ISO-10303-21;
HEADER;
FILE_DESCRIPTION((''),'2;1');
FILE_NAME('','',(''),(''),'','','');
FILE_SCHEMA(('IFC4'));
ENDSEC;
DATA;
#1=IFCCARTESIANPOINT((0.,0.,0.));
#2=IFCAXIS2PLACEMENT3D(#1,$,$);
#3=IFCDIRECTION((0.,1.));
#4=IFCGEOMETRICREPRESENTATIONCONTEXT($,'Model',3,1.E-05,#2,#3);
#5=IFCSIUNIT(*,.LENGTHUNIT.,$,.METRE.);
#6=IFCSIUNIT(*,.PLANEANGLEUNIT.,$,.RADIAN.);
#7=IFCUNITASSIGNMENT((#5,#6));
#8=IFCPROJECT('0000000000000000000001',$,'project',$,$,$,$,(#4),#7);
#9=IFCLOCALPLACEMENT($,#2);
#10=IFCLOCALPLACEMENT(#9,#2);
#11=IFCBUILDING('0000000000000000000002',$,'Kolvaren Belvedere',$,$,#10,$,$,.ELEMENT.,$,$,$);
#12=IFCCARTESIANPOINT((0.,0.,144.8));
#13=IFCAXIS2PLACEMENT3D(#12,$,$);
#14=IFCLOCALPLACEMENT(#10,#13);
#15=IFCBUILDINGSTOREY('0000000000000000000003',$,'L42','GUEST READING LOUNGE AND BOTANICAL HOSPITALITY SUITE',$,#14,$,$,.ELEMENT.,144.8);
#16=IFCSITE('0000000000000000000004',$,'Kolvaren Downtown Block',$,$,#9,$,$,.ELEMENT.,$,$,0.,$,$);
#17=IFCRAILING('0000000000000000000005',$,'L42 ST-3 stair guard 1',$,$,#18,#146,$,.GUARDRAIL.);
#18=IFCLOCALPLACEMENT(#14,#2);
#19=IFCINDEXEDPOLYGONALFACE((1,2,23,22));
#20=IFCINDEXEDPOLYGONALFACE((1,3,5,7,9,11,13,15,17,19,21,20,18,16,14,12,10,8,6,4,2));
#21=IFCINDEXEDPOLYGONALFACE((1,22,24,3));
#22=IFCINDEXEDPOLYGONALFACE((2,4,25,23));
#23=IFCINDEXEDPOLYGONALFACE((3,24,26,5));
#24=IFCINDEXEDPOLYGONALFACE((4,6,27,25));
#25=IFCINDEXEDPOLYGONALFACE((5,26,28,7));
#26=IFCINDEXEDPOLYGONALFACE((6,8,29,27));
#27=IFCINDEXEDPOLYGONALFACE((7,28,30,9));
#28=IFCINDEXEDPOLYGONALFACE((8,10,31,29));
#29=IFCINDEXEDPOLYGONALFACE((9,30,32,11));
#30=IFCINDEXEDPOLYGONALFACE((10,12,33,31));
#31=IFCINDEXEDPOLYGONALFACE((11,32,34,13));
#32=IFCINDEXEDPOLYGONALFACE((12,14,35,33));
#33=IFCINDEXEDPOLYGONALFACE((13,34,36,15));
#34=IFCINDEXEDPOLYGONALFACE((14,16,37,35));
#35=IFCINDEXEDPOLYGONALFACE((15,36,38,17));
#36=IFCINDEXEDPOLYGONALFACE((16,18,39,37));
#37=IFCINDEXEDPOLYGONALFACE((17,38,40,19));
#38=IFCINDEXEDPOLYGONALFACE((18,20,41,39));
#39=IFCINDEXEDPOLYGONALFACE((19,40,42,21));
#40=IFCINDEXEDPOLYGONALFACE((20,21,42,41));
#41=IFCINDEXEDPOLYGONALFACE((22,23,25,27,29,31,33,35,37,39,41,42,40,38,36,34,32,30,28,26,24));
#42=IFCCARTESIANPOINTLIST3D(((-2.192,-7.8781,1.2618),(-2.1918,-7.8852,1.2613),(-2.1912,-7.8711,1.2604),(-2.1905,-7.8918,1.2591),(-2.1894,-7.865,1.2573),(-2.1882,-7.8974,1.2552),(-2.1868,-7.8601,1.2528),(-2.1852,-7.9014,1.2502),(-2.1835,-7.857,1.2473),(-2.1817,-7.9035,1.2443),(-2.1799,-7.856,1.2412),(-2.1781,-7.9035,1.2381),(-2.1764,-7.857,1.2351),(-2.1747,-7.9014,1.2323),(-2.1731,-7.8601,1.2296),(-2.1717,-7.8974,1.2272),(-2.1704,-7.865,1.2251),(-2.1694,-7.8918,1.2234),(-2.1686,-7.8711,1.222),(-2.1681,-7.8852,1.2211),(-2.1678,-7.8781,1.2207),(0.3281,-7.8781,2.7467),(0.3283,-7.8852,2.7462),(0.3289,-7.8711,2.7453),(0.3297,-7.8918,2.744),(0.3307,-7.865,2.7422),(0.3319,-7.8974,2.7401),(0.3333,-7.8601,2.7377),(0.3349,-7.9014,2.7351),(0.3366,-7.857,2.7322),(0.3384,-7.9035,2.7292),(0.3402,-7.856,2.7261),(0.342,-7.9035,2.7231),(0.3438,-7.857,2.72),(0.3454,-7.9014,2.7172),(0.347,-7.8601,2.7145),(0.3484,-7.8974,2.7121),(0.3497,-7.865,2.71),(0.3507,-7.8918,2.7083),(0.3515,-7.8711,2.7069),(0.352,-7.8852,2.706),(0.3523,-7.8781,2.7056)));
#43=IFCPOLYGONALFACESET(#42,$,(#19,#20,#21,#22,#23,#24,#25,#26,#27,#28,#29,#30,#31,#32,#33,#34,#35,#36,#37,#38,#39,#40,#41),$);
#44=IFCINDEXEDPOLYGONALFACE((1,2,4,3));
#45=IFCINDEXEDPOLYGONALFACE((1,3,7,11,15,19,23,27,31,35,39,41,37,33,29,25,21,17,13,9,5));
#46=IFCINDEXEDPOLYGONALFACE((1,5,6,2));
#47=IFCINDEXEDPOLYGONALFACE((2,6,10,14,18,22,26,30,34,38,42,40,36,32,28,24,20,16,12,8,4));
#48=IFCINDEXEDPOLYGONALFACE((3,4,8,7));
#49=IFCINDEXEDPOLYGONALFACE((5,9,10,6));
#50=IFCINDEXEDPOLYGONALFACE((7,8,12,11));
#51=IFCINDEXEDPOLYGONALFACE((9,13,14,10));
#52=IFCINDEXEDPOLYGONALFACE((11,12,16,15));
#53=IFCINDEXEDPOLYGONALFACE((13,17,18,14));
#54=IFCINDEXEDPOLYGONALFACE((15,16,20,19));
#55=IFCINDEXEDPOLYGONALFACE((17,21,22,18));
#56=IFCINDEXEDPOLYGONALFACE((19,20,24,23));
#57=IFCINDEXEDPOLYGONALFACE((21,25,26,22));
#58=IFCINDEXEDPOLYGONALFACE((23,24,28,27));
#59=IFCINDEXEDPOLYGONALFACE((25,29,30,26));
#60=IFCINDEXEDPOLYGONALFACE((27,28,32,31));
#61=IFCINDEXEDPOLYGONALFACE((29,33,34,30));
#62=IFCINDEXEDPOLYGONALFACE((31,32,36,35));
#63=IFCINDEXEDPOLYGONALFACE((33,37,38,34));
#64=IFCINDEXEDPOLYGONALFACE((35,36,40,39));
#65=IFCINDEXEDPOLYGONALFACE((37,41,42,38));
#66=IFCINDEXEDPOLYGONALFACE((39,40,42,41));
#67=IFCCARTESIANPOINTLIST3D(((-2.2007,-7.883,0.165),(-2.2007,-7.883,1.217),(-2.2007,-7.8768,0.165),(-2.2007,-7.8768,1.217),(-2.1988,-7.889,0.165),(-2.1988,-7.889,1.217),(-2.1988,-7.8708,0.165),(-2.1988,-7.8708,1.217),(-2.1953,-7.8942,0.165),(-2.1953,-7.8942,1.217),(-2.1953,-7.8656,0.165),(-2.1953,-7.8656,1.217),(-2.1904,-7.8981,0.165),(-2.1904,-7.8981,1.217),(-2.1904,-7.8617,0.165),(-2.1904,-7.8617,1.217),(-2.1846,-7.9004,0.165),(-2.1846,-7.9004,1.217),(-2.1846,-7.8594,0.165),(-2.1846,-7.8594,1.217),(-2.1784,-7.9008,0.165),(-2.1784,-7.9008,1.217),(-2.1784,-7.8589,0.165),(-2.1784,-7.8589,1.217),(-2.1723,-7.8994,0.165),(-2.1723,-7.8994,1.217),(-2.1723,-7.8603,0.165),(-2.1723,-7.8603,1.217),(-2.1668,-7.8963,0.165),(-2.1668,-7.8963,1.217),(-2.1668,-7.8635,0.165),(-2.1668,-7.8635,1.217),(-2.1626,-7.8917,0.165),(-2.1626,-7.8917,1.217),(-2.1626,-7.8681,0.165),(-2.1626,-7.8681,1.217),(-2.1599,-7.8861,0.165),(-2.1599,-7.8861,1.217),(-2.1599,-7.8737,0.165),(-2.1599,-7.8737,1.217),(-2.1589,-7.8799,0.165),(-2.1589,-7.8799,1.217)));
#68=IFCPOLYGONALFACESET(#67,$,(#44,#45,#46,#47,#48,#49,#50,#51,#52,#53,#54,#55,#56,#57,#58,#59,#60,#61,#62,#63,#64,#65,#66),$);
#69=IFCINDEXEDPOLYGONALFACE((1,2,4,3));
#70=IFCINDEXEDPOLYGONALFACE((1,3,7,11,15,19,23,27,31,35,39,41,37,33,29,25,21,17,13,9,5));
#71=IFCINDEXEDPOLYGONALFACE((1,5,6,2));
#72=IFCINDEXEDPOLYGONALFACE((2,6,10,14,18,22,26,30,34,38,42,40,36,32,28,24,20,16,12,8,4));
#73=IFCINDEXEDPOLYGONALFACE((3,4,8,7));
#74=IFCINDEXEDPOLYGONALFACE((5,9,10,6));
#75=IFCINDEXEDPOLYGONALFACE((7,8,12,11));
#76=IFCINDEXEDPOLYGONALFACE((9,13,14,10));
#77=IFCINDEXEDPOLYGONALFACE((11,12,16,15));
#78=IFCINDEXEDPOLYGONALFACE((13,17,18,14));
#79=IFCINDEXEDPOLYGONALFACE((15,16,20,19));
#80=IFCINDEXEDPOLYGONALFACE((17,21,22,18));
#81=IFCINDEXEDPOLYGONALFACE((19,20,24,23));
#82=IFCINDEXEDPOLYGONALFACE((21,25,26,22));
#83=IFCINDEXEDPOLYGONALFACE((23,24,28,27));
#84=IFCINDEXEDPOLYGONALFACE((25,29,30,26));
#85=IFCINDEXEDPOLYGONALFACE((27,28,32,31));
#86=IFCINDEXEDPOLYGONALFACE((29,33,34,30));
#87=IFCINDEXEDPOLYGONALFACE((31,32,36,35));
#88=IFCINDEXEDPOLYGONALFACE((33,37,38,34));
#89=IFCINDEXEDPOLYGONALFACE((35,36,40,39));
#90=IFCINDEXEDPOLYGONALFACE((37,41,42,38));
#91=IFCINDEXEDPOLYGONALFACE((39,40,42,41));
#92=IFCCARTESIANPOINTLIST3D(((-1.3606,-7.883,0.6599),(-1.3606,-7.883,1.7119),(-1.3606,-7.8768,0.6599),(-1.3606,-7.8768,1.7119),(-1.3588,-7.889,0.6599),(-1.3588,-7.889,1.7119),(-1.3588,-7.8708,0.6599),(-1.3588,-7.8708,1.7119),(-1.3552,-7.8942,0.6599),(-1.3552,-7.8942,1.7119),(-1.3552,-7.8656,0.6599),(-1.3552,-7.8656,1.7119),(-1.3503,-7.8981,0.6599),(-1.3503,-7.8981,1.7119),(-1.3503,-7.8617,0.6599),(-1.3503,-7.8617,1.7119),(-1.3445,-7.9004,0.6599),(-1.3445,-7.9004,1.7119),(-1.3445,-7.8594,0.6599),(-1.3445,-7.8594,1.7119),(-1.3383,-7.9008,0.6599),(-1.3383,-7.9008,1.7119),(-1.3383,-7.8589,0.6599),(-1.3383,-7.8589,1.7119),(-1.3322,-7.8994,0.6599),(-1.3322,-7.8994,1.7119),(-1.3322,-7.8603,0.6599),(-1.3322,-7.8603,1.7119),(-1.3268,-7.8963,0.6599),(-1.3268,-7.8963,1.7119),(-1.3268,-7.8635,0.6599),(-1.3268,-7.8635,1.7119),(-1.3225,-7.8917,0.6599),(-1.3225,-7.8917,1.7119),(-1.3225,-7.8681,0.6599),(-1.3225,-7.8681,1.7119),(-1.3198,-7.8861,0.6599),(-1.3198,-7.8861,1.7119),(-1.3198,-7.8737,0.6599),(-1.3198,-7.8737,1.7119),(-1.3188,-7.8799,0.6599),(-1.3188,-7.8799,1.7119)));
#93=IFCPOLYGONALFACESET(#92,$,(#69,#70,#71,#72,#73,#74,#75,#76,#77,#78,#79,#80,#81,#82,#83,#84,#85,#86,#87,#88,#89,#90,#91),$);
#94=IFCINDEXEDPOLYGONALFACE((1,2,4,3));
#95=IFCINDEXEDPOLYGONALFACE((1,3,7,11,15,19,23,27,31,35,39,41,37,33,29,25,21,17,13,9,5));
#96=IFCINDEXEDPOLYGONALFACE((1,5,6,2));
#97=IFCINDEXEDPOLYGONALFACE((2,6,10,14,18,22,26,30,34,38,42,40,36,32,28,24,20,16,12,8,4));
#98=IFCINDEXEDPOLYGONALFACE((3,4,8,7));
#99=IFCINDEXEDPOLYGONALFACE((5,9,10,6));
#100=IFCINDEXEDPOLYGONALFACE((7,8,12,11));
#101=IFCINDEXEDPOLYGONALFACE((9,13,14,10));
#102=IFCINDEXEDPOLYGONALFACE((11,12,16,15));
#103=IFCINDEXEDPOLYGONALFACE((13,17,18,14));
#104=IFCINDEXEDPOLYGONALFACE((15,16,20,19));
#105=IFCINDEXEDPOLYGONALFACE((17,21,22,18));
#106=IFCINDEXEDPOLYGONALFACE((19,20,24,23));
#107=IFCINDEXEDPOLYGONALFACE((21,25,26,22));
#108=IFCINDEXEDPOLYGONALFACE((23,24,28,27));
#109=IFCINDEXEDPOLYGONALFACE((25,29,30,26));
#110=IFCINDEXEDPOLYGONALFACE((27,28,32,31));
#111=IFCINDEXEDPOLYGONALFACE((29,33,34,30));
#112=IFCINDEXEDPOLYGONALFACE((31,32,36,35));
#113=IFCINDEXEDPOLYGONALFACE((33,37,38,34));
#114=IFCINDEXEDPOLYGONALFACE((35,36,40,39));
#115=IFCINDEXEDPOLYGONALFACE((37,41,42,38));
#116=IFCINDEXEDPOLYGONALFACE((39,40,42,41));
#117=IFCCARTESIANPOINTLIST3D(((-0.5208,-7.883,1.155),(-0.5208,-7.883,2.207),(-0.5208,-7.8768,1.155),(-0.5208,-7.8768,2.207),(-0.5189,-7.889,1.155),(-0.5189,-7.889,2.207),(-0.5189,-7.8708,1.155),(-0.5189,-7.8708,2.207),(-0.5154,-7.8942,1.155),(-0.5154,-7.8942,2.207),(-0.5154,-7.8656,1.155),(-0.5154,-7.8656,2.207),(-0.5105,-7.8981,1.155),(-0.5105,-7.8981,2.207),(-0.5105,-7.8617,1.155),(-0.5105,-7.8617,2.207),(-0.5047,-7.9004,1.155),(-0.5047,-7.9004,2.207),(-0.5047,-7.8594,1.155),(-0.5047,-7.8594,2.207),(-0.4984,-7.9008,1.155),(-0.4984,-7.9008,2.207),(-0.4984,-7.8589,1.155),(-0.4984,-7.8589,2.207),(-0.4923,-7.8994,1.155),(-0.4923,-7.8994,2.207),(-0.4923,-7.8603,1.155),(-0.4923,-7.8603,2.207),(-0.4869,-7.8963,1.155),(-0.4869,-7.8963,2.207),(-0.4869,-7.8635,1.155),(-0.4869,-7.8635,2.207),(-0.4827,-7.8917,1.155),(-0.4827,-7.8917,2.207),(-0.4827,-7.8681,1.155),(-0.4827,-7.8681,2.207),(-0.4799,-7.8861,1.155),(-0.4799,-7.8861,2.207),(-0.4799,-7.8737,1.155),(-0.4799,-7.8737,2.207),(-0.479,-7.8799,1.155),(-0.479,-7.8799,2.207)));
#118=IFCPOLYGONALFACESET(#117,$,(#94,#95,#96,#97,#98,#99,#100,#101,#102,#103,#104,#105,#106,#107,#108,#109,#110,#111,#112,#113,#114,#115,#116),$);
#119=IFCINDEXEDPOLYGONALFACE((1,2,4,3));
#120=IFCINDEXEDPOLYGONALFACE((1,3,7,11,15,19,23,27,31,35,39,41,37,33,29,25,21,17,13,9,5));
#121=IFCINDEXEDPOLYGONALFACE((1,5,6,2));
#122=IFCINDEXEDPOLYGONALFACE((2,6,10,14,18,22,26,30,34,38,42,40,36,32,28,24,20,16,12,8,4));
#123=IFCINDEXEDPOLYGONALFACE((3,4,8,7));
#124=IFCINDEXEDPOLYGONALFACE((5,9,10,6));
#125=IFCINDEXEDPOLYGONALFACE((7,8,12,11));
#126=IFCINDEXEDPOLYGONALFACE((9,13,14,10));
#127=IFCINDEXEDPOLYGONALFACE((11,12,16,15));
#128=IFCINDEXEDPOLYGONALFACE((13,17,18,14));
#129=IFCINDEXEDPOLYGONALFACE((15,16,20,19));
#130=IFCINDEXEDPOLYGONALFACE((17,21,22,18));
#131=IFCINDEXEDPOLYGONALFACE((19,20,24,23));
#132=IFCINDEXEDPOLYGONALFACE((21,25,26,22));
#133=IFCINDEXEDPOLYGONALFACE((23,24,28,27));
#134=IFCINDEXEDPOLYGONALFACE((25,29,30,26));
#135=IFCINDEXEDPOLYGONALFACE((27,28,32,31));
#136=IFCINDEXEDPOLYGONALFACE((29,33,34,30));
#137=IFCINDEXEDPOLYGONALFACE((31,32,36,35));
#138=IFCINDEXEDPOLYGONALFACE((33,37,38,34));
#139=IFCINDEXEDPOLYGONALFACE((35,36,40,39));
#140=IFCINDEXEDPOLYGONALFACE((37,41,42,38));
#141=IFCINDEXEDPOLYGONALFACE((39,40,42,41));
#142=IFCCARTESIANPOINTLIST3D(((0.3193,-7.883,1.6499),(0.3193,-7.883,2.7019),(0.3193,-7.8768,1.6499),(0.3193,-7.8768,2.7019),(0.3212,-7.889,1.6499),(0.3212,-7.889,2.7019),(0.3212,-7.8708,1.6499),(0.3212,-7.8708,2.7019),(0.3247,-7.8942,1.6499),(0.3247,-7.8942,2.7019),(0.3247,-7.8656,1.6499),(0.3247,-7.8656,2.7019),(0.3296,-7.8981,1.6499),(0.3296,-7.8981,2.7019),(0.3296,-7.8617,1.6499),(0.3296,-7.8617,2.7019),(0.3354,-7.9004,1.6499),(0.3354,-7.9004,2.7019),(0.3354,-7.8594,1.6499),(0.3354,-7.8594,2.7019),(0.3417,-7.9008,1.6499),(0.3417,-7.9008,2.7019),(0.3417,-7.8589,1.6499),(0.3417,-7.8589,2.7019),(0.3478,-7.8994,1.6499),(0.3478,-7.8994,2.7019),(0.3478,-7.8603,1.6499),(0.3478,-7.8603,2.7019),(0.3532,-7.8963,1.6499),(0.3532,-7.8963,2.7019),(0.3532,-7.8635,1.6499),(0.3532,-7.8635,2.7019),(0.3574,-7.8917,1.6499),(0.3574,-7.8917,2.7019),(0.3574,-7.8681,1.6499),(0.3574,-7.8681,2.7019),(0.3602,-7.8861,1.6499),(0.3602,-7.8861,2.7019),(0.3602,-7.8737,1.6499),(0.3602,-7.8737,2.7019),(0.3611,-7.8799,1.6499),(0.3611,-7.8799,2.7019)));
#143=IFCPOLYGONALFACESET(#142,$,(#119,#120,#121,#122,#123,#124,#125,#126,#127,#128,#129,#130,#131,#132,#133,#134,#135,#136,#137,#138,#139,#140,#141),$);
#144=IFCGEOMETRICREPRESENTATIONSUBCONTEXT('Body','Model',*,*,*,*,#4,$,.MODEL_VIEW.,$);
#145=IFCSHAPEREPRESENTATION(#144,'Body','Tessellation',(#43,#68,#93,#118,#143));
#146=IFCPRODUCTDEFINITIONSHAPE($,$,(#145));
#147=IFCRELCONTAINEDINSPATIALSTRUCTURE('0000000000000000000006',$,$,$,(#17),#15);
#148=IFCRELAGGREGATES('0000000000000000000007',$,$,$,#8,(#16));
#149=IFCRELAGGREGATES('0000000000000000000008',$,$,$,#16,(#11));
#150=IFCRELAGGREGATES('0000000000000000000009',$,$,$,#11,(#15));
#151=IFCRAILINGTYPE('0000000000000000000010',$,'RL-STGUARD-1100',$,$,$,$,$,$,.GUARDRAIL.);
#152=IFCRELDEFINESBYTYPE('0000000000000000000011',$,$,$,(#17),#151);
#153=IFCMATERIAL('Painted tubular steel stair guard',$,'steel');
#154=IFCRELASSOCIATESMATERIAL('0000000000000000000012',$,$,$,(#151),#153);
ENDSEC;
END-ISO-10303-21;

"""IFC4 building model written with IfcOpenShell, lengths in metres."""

from ifc_helpers import new_model, si_unit, direction, frame, origin, origin_2d, place, context, subcontext, project, spatial, circle, extrude, material, type_object, element, save


model = new_model("IFC4")

# Units and contexts
model_context = context("Model", 3, precision=1e-05, world=origin(), true_north=direction((0.0, 1.0)))
body_context = subcontext(model_context, "Body", "Model", "MODEL_VIEW")
ifc_project = project(units=[si_unit("LENGTHUNIT", "METRE"), si_unit("PLANEANGLEUNIT", "RADIAN")], contexts=[model_context])

# Site, building, storey
site_placement = place(None, origin())
site = spatial("IfcSite", under=ifc_project, at=site_placement, Name="Kolvaren Downtown Block", CompositionType="ELEMENT", RefElevation=0.0)
building_placement = place(site_placement, origin())
building = spatial("IfcBuilding", under=site, at=building_placement, Name="Kolvaren Belvedere", CompositionType="ELEMENT")
storey_placement = place(building_placement, frame((0.0, 0.0, 144.8)))
storey = spatial("IfcBuildingStorey", under=building, at=storey_placement, Name="L42", Description="GUEST READING LOUNGE AND BOTANICAL HOSPITALITY SUITE", CompositionType="ELEMENT", Elevation=144.8)

# Railing
ifc_material_1 = material(Name="Painted tubular steel stair guard", Category="steel")
railing_type_1 = type_object("IfcRailingType", Name="RL-STGUARD-1100", PredefinedType="GUARDRAIL", material=ifc_material_1)
railing_1_placement = place(storey_placement, frame((-2.1799, -7.8799, 0.165)))
element("IfcRailing", 1, at=railing_1_placement, inside=storey, type_object=railing_type_1, Name="L42 ST-3 stair guard 1", PredefinedType="GUARDRAIL", context=body_context, shape_type="SweptSolid", body=[
    extrude(circle(Radius=0.0239, at=origin_2d()), frame((0.0, 0.0, 1.0762), z_axis=(0.861561, 0.0, 0.507655), x_axis=(0.0, 1.0, 0.0)), (0.0, 0.0, 1.0), 2.925),
    extrude(circle(Radius=0.021, at=origin_2d()), origin(), (0.0, 0.0, 1.0), 1.052),
    extrude(circle(Radius=0.021, at=origin_2d()), frame((0.8401, 0.0, 0.4949)), (0.0, 0.0, 1.0), 1.052),
    extrude(circle(Radius=0.021, at=origin_2d()), frame((1.6799, 0.0, 0.99)), (0.0, 0.0, 1.0), 1.052),
    extrude(circle(Radius=0.021, at=origin_2d()), frame((2.52, 0.0, 1.4849)), (0.0, 0.0, 1.0), 1.052),
])

save(model, "model.ifc")
